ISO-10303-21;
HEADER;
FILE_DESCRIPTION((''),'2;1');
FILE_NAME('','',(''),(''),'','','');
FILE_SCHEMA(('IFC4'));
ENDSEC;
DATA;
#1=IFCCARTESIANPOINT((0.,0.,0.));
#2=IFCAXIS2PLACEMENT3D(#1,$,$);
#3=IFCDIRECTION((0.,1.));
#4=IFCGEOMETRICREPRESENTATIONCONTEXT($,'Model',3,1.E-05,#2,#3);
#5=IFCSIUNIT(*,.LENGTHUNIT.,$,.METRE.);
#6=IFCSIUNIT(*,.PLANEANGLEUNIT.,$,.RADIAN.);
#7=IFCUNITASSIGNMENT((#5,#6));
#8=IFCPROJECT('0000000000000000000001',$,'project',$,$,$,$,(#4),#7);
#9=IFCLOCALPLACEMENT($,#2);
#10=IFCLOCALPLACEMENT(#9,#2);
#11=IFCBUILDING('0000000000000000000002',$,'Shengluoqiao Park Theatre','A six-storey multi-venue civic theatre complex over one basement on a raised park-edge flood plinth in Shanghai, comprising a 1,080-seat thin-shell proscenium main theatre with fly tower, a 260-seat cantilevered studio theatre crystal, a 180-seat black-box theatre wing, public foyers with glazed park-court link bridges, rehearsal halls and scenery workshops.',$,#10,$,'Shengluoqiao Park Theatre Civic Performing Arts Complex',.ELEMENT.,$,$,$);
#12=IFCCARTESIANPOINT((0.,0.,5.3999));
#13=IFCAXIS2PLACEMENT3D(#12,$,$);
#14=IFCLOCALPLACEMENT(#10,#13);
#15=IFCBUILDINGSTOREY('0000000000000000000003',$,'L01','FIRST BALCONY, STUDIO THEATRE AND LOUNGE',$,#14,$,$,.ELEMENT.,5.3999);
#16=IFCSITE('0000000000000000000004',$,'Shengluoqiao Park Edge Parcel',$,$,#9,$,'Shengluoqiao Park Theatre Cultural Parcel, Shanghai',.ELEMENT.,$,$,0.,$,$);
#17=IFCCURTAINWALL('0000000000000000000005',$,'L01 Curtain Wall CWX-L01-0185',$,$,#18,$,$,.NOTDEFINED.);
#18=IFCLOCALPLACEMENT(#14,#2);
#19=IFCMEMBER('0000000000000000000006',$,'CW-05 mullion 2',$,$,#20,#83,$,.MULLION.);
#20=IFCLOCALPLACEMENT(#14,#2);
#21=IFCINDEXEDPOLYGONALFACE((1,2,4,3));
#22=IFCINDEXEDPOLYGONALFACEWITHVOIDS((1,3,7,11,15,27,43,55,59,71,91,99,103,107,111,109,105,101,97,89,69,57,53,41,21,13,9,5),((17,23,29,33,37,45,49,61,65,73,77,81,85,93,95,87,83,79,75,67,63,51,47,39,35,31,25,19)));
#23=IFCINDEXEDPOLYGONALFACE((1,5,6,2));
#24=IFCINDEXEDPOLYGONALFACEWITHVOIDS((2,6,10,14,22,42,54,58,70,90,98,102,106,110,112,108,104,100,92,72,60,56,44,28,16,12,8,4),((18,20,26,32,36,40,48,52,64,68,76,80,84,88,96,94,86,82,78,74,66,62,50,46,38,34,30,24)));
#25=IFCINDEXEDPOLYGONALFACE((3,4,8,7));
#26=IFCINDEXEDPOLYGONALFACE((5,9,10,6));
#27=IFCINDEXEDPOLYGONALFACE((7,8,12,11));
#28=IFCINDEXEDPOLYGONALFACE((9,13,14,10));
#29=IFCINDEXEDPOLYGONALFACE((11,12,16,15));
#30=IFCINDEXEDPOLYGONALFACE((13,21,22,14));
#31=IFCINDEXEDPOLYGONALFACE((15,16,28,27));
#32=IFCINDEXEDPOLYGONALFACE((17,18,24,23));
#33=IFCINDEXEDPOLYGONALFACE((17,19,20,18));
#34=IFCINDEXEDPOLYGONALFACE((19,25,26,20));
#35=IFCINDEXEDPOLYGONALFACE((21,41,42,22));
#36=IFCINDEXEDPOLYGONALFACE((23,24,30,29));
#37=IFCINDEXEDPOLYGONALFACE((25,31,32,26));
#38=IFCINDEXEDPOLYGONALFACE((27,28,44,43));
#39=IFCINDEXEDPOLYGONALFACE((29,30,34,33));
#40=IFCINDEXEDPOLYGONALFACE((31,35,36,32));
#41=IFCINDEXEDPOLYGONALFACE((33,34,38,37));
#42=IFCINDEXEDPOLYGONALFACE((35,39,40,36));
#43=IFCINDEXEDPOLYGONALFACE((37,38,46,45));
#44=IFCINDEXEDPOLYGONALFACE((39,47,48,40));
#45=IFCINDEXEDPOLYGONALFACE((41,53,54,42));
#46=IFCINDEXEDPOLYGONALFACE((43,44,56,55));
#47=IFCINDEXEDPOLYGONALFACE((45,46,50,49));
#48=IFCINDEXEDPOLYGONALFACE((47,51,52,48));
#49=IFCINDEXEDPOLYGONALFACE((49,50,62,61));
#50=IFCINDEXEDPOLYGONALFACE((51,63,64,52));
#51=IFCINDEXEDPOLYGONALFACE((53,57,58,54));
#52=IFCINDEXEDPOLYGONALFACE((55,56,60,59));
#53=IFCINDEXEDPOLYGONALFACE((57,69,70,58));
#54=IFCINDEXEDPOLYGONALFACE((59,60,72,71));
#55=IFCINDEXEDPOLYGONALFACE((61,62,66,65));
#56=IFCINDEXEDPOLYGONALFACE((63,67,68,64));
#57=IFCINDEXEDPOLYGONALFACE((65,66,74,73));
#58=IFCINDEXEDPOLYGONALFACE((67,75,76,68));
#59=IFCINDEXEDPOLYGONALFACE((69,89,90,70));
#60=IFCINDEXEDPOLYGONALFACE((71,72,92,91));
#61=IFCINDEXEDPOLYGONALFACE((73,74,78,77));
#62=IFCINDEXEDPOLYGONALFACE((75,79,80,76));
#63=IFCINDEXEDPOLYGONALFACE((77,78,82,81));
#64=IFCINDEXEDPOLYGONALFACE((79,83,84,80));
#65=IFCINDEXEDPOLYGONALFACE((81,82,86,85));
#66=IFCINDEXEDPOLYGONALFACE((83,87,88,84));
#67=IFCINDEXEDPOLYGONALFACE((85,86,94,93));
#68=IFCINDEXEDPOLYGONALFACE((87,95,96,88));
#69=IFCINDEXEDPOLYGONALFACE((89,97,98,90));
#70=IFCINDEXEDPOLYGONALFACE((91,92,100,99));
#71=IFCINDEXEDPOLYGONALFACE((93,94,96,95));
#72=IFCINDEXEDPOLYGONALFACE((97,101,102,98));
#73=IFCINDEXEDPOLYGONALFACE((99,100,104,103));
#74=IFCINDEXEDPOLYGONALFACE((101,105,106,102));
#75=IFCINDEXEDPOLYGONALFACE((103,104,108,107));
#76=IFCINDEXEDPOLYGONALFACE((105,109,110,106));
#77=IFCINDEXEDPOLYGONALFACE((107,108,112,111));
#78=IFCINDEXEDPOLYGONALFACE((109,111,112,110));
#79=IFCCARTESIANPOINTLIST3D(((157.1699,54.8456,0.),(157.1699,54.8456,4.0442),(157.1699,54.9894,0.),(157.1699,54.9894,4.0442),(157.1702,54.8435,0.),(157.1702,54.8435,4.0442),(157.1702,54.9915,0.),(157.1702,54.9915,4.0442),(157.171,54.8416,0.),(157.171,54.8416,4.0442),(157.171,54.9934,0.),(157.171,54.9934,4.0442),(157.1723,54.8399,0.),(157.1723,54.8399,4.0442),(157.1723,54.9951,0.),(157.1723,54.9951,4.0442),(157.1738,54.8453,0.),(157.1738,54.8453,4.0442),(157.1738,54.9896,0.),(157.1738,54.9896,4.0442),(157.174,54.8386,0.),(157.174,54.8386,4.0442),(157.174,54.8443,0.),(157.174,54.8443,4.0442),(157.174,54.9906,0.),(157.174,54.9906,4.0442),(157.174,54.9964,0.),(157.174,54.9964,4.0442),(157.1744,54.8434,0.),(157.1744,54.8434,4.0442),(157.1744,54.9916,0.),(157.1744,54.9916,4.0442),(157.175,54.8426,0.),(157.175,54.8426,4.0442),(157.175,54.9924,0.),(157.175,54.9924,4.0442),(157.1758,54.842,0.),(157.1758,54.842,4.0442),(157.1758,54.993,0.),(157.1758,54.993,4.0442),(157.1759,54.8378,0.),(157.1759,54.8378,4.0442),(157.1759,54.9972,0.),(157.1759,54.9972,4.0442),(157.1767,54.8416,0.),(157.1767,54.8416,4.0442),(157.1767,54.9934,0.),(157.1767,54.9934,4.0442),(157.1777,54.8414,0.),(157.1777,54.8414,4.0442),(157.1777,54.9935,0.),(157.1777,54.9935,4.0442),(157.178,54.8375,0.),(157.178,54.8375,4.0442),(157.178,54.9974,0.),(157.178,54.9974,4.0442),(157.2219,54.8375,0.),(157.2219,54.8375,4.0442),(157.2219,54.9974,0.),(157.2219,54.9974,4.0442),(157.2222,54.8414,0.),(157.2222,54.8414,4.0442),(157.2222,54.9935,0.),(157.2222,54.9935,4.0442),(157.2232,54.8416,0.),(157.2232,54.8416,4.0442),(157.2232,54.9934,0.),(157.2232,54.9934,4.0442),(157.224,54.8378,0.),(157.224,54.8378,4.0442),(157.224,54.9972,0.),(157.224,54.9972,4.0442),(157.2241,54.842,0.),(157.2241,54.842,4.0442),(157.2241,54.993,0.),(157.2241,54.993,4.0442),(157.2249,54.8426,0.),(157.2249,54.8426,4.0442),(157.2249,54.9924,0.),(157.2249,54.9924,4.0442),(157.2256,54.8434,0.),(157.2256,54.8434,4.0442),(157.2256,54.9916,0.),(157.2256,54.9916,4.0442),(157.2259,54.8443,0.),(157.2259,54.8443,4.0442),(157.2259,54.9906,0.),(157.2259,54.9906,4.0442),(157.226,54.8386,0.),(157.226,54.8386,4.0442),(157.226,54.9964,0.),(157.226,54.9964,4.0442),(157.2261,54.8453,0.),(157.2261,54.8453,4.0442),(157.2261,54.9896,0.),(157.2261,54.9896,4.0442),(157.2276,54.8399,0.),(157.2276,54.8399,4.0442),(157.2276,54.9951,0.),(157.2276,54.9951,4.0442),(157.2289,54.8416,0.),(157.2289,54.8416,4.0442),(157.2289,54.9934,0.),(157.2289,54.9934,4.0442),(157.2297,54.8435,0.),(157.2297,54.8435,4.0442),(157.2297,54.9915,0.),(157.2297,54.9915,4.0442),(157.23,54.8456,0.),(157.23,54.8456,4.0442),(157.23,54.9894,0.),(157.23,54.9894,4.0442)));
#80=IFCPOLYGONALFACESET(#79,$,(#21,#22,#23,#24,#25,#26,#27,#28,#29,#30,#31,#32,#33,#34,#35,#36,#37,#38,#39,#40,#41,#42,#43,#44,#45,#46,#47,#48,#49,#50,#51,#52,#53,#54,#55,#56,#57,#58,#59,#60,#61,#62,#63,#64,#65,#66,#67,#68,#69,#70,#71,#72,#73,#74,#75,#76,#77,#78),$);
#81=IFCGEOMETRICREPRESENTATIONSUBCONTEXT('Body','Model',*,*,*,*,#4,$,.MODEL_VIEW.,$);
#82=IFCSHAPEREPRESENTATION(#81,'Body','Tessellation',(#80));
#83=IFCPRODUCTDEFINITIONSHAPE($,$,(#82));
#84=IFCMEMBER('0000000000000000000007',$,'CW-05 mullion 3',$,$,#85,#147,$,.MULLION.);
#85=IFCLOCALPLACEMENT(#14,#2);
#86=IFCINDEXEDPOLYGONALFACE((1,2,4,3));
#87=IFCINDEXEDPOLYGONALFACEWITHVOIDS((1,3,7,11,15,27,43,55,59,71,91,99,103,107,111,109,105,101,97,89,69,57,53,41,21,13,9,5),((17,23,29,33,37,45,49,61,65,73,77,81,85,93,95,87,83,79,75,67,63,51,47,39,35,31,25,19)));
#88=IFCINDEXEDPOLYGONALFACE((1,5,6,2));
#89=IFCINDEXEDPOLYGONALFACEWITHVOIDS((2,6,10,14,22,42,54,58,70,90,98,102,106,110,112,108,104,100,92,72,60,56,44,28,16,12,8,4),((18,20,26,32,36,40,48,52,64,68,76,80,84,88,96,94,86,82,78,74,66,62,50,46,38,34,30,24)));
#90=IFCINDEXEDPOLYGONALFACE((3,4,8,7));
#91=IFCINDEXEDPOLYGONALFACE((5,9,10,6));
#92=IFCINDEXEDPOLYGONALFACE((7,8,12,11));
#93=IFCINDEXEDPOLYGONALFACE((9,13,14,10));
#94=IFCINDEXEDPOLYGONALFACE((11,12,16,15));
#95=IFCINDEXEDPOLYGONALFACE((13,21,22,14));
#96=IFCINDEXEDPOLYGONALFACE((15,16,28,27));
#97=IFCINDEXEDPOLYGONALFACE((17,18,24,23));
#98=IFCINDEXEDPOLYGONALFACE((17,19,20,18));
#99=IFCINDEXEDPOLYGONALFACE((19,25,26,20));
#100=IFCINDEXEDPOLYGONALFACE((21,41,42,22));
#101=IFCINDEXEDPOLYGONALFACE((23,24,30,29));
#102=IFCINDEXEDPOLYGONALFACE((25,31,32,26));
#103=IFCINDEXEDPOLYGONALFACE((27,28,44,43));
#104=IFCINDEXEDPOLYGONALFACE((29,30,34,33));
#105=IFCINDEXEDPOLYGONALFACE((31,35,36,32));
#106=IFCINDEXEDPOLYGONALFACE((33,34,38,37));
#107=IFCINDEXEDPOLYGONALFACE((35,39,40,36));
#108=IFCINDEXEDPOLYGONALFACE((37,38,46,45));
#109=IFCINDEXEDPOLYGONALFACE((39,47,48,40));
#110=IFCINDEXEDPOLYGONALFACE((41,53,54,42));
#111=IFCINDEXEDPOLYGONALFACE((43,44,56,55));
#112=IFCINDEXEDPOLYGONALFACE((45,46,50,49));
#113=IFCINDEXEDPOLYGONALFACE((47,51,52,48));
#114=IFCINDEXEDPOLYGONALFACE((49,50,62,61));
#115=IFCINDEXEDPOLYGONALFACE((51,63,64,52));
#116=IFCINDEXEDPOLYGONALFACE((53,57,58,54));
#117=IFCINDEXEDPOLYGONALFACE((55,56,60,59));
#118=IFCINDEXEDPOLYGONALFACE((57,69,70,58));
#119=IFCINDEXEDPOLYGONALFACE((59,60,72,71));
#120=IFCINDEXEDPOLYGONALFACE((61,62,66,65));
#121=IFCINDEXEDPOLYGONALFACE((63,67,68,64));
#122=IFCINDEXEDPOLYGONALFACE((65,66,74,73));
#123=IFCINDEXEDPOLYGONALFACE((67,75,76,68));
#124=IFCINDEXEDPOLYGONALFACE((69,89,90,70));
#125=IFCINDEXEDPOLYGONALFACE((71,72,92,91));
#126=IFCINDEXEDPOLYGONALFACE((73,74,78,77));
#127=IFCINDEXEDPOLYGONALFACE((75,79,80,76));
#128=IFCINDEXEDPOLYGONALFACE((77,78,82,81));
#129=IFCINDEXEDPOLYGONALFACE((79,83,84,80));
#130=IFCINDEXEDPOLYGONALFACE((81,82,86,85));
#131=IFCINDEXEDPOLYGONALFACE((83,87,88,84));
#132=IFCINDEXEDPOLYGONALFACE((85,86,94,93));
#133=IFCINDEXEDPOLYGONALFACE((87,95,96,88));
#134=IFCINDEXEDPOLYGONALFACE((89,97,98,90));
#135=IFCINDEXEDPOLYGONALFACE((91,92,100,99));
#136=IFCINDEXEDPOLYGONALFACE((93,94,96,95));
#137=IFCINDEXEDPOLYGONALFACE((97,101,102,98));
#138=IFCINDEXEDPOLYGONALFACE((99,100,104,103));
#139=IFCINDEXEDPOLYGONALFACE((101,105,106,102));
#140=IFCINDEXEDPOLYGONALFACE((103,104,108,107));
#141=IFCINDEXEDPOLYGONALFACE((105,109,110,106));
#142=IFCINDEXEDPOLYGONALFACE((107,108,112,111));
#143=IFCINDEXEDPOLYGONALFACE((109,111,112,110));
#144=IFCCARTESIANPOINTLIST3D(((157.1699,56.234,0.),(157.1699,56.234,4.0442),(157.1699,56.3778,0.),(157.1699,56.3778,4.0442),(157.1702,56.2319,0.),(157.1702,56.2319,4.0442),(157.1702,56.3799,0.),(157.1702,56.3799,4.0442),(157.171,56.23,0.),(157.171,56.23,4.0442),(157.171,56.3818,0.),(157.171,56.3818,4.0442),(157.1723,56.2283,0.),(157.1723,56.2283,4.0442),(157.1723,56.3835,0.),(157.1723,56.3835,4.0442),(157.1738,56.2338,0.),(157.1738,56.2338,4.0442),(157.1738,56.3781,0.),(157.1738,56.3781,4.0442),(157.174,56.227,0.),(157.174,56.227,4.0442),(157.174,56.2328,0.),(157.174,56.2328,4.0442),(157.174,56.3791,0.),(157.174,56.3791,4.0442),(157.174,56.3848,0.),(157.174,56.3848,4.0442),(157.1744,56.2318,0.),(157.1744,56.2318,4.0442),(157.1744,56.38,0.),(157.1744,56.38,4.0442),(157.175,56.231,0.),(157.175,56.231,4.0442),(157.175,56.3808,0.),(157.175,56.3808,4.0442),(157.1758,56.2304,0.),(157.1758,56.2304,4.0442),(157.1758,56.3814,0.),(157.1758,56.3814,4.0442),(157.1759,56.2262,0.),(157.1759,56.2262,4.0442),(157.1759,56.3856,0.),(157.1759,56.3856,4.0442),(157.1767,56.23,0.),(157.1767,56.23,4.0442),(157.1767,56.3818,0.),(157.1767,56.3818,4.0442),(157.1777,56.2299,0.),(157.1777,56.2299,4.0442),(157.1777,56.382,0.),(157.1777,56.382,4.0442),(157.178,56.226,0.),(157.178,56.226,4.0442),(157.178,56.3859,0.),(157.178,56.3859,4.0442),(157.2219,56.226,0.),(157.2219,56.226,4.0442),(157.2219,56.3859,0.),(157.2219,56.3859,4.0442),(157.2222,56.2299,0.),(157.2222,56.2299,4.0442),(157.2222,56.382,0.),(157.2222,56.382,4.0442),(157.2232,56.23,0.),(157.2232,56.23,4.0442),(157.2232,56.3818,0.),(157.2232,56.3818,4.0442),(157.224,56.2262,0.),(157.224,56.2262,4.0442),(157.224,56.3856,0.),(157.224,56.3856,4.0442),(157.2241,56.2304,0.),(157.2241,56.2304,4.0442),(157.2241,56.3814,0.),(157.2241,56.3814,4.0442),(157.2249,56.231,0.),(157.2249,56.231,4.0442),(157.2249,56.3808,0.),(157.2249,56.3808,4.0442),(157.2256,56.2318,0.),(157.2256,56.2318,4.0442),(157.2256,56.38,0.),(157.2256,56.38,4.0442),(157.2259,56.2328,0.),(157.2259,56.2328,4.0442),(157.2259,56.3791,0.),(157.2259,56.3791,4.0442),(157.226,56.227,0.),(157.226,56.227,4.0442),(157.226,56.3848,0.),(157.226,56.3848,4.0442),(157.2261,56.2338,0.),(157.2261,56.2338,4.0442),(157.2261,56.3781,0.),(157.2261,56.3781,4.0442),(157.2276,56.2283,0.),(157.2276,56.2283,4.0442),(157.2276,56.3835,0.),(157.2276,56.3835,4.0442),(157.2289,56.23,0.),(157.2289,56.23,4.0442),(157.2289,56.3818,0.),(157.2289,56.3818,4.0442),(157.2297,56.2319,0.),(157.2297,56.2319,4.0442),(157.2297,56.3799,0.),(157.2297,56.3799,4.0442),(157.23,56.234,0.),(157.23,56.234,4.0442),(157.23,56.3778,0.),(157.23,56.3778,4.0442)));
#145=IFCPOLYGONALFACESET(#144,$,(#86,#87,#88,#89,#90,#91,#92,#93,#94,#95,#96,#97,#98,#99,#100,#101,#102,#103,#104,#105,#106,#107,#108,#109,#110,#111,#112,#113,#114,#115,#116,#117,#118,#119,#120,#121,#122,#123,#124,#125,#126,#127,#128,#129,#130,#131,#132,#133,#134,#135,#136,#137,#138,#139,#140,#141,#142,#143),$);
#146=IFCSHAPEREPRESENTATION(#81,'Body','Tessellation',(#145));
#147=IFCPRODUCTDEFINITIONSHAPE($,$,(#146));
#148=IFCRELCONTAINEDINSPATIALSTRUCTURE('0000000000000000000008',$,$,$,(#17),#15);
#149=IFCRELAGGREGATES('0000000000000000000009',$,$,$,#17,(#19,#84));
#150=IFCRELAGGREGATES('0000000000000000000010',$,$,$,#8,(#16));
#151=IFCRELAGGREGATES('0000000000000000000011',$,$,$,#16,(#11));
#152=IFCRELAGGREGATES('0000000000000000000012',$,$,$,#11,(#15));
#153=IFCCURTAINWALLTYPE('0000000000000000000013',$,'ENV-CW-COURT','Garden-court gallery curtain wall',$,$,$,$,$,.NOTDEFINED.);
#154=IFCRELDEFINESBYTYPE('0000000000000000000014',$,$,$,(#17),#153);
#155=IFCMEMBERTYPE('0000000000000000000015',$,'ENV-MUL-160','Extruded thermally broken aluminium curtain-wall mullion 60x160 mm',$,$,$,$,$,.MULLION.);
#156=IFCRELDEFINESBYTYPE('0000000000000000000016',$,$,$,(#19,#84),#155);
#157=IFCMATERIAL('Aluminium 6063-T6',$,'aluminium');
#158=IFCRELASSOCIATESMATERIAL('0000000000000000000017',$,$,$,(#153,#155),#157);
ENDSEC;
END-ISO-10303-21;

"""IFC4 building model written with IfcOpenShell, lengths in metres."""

from ifc_helpers import new_model, si_unit, direction, frame, origin, origin_2d, place, context, subcontext, project, spatial, hollow_rectangle, extrude, material, material_profile, profile_set, type_object, element, aggregate, save


model = new_model("IFC4")

# Units and contexts
model_context = context("Model", 3, precision=1e-05, world=origin(), true_north=direction((0.0, 1.0)))
body_context = subcontext(model_context, "Body", "Model", "MODEL_VIEW")
ifc_project = project(units=[si_unit("LENGTHUNIT", "METRE"), si_unit("PLANEANGLEUNIT", "RADIAN")], contexts=[model_context])

# Site, building, storey
site_placement = place(None, origin())
site = spatial("IfcSite", under=ifc_project, at=site_placement, Name="Shengluoqiao Park Edge Parcel", LongName="Shengluoqiao Park Theatre Cultural Parcel, Shanghai", CompositionType="ELEMENT", RefElevation=0.0)
building_placement = place(site_placement, origin())
building = spatial("IfcBuilding", under=site, at=building_placement, Name="Shengluoqiao Park Theatre", Description="A six-storey multi-venue civic theatre complex over one basement on a raised park-edge flood plinth in Shanghai, comprising a 1,080-seat thin-shell proscenium main theatre with fly tower, a 260-seat cantilevered studio theatre crystal, a 180-seat black-box theatre wing, public foyers with glazed park-court link bridges, rehearsal halls and scenery workshops.", LongName="Shengluoqiao Park Theatre Civic Performing Arts Complex", CompositionType="ELEMENT")
storey_placement = place(building_placement, frame((0.0, 0.0, 5.3999)))
storey = spatial("IfcBuildingStorey", under=building, at=storey_placement, Name="L01", Description="FIRST BALCONY, STUDIO THEATRE AND LOUNGE", CompositionType="ELEMENT", Elevation=5.3999)

# Shared definitions
ifc_material_1 = material(Name="Aluminium 6063-T6", Category="aluminium")
curtain_wall_type = type_object("IfcCurtainWallType", Name="ENV-CW-COURT", Description="Garden-court gallery curtain wall", PredefinedType="NOTDEFINED", material=ifc_material_1)
ifc_material_profile_1 = material_profile(ifc_material_1, hollow_rectangle(XDim=0.0601, YDim=0.1599, WallThickness=0.0039, InnerFilletRadius=0.0039, OuterFilletRadius=0.0081, at=origin_2d()), Name="ALU MULLION 160x60x4")
ifc_profile_set_1 = profile_set([ifc_material_profile_1], Name="Aluminium 6063-T6")
member_type_1 = type_object("IfcMemberType", Name="ENV-MUL-160", Description="Extruded thermally broken aluminium curtain-wall mullion 60x160 mm", PredefinedType="MULLION", material=ifc_profile_set_1)

# Curtain wall, members
curtain_wall_1_placement = place(storey_placement, origin())
curtain_wall_1 = element("IfcCurtainWall", 1, at=curtain_wall_1_placement, inside=storey, type_object=curtain_wall_type, Name="L01 Curtain Wall CWX-L01-0185", PredefinedType="NOTDEFINED")
member_1_placement = place(storey_placement, frame((157.2, 54.9175, 0.0), z_axis=(0.0, 0.0, 1.0), x_axis=(-1.0, 0.0, 0.0)))
member_1 = element("IfcMember", 2, at=member_1_placement, type_object=member_type_1, Name="CW-05 mullion 2", PredefinedType="MULLION", context=body_context, shape_type="SweptSolid", body=[
    extrude(hollow_rectangle(XDim=0.0601, YDim=0.1599, WallThickness=0.0039, InnerFilletRadius=0.0039, OuterFilletRadius=0.0081, at=origin_2d()), origin(), (0.0, 0.0, 1.0), 4.0442),
])
member_2_placement = place(storey_placement, frame((157.2, 56.3059, 0.0), z_axis=(0.0, 0.0, 1.0), x_axis=(-1.0, 0.0, 0.0)))
member_2 = element("IfcMember", 3, at=member_2_placement, type_object=member_type_1, Name="CW-05 mullion 3", PredefinedType="MULLION", context=body_context, shape_type="SweptSolid", body=[
    extrude(hollow_rectangle(XDim=0.0601, YDim=0.1599, WallThickness=0.0039, InnerFilletRadius=0.0039, OuterFilletRadius=0.0081, at=origin_2d()), origin(), (0.0, 0.0, 1.0), 4.0442),
])

aggregate(curtain_wall_1, [member_1, member_2])

save(model, "model.ifc")
